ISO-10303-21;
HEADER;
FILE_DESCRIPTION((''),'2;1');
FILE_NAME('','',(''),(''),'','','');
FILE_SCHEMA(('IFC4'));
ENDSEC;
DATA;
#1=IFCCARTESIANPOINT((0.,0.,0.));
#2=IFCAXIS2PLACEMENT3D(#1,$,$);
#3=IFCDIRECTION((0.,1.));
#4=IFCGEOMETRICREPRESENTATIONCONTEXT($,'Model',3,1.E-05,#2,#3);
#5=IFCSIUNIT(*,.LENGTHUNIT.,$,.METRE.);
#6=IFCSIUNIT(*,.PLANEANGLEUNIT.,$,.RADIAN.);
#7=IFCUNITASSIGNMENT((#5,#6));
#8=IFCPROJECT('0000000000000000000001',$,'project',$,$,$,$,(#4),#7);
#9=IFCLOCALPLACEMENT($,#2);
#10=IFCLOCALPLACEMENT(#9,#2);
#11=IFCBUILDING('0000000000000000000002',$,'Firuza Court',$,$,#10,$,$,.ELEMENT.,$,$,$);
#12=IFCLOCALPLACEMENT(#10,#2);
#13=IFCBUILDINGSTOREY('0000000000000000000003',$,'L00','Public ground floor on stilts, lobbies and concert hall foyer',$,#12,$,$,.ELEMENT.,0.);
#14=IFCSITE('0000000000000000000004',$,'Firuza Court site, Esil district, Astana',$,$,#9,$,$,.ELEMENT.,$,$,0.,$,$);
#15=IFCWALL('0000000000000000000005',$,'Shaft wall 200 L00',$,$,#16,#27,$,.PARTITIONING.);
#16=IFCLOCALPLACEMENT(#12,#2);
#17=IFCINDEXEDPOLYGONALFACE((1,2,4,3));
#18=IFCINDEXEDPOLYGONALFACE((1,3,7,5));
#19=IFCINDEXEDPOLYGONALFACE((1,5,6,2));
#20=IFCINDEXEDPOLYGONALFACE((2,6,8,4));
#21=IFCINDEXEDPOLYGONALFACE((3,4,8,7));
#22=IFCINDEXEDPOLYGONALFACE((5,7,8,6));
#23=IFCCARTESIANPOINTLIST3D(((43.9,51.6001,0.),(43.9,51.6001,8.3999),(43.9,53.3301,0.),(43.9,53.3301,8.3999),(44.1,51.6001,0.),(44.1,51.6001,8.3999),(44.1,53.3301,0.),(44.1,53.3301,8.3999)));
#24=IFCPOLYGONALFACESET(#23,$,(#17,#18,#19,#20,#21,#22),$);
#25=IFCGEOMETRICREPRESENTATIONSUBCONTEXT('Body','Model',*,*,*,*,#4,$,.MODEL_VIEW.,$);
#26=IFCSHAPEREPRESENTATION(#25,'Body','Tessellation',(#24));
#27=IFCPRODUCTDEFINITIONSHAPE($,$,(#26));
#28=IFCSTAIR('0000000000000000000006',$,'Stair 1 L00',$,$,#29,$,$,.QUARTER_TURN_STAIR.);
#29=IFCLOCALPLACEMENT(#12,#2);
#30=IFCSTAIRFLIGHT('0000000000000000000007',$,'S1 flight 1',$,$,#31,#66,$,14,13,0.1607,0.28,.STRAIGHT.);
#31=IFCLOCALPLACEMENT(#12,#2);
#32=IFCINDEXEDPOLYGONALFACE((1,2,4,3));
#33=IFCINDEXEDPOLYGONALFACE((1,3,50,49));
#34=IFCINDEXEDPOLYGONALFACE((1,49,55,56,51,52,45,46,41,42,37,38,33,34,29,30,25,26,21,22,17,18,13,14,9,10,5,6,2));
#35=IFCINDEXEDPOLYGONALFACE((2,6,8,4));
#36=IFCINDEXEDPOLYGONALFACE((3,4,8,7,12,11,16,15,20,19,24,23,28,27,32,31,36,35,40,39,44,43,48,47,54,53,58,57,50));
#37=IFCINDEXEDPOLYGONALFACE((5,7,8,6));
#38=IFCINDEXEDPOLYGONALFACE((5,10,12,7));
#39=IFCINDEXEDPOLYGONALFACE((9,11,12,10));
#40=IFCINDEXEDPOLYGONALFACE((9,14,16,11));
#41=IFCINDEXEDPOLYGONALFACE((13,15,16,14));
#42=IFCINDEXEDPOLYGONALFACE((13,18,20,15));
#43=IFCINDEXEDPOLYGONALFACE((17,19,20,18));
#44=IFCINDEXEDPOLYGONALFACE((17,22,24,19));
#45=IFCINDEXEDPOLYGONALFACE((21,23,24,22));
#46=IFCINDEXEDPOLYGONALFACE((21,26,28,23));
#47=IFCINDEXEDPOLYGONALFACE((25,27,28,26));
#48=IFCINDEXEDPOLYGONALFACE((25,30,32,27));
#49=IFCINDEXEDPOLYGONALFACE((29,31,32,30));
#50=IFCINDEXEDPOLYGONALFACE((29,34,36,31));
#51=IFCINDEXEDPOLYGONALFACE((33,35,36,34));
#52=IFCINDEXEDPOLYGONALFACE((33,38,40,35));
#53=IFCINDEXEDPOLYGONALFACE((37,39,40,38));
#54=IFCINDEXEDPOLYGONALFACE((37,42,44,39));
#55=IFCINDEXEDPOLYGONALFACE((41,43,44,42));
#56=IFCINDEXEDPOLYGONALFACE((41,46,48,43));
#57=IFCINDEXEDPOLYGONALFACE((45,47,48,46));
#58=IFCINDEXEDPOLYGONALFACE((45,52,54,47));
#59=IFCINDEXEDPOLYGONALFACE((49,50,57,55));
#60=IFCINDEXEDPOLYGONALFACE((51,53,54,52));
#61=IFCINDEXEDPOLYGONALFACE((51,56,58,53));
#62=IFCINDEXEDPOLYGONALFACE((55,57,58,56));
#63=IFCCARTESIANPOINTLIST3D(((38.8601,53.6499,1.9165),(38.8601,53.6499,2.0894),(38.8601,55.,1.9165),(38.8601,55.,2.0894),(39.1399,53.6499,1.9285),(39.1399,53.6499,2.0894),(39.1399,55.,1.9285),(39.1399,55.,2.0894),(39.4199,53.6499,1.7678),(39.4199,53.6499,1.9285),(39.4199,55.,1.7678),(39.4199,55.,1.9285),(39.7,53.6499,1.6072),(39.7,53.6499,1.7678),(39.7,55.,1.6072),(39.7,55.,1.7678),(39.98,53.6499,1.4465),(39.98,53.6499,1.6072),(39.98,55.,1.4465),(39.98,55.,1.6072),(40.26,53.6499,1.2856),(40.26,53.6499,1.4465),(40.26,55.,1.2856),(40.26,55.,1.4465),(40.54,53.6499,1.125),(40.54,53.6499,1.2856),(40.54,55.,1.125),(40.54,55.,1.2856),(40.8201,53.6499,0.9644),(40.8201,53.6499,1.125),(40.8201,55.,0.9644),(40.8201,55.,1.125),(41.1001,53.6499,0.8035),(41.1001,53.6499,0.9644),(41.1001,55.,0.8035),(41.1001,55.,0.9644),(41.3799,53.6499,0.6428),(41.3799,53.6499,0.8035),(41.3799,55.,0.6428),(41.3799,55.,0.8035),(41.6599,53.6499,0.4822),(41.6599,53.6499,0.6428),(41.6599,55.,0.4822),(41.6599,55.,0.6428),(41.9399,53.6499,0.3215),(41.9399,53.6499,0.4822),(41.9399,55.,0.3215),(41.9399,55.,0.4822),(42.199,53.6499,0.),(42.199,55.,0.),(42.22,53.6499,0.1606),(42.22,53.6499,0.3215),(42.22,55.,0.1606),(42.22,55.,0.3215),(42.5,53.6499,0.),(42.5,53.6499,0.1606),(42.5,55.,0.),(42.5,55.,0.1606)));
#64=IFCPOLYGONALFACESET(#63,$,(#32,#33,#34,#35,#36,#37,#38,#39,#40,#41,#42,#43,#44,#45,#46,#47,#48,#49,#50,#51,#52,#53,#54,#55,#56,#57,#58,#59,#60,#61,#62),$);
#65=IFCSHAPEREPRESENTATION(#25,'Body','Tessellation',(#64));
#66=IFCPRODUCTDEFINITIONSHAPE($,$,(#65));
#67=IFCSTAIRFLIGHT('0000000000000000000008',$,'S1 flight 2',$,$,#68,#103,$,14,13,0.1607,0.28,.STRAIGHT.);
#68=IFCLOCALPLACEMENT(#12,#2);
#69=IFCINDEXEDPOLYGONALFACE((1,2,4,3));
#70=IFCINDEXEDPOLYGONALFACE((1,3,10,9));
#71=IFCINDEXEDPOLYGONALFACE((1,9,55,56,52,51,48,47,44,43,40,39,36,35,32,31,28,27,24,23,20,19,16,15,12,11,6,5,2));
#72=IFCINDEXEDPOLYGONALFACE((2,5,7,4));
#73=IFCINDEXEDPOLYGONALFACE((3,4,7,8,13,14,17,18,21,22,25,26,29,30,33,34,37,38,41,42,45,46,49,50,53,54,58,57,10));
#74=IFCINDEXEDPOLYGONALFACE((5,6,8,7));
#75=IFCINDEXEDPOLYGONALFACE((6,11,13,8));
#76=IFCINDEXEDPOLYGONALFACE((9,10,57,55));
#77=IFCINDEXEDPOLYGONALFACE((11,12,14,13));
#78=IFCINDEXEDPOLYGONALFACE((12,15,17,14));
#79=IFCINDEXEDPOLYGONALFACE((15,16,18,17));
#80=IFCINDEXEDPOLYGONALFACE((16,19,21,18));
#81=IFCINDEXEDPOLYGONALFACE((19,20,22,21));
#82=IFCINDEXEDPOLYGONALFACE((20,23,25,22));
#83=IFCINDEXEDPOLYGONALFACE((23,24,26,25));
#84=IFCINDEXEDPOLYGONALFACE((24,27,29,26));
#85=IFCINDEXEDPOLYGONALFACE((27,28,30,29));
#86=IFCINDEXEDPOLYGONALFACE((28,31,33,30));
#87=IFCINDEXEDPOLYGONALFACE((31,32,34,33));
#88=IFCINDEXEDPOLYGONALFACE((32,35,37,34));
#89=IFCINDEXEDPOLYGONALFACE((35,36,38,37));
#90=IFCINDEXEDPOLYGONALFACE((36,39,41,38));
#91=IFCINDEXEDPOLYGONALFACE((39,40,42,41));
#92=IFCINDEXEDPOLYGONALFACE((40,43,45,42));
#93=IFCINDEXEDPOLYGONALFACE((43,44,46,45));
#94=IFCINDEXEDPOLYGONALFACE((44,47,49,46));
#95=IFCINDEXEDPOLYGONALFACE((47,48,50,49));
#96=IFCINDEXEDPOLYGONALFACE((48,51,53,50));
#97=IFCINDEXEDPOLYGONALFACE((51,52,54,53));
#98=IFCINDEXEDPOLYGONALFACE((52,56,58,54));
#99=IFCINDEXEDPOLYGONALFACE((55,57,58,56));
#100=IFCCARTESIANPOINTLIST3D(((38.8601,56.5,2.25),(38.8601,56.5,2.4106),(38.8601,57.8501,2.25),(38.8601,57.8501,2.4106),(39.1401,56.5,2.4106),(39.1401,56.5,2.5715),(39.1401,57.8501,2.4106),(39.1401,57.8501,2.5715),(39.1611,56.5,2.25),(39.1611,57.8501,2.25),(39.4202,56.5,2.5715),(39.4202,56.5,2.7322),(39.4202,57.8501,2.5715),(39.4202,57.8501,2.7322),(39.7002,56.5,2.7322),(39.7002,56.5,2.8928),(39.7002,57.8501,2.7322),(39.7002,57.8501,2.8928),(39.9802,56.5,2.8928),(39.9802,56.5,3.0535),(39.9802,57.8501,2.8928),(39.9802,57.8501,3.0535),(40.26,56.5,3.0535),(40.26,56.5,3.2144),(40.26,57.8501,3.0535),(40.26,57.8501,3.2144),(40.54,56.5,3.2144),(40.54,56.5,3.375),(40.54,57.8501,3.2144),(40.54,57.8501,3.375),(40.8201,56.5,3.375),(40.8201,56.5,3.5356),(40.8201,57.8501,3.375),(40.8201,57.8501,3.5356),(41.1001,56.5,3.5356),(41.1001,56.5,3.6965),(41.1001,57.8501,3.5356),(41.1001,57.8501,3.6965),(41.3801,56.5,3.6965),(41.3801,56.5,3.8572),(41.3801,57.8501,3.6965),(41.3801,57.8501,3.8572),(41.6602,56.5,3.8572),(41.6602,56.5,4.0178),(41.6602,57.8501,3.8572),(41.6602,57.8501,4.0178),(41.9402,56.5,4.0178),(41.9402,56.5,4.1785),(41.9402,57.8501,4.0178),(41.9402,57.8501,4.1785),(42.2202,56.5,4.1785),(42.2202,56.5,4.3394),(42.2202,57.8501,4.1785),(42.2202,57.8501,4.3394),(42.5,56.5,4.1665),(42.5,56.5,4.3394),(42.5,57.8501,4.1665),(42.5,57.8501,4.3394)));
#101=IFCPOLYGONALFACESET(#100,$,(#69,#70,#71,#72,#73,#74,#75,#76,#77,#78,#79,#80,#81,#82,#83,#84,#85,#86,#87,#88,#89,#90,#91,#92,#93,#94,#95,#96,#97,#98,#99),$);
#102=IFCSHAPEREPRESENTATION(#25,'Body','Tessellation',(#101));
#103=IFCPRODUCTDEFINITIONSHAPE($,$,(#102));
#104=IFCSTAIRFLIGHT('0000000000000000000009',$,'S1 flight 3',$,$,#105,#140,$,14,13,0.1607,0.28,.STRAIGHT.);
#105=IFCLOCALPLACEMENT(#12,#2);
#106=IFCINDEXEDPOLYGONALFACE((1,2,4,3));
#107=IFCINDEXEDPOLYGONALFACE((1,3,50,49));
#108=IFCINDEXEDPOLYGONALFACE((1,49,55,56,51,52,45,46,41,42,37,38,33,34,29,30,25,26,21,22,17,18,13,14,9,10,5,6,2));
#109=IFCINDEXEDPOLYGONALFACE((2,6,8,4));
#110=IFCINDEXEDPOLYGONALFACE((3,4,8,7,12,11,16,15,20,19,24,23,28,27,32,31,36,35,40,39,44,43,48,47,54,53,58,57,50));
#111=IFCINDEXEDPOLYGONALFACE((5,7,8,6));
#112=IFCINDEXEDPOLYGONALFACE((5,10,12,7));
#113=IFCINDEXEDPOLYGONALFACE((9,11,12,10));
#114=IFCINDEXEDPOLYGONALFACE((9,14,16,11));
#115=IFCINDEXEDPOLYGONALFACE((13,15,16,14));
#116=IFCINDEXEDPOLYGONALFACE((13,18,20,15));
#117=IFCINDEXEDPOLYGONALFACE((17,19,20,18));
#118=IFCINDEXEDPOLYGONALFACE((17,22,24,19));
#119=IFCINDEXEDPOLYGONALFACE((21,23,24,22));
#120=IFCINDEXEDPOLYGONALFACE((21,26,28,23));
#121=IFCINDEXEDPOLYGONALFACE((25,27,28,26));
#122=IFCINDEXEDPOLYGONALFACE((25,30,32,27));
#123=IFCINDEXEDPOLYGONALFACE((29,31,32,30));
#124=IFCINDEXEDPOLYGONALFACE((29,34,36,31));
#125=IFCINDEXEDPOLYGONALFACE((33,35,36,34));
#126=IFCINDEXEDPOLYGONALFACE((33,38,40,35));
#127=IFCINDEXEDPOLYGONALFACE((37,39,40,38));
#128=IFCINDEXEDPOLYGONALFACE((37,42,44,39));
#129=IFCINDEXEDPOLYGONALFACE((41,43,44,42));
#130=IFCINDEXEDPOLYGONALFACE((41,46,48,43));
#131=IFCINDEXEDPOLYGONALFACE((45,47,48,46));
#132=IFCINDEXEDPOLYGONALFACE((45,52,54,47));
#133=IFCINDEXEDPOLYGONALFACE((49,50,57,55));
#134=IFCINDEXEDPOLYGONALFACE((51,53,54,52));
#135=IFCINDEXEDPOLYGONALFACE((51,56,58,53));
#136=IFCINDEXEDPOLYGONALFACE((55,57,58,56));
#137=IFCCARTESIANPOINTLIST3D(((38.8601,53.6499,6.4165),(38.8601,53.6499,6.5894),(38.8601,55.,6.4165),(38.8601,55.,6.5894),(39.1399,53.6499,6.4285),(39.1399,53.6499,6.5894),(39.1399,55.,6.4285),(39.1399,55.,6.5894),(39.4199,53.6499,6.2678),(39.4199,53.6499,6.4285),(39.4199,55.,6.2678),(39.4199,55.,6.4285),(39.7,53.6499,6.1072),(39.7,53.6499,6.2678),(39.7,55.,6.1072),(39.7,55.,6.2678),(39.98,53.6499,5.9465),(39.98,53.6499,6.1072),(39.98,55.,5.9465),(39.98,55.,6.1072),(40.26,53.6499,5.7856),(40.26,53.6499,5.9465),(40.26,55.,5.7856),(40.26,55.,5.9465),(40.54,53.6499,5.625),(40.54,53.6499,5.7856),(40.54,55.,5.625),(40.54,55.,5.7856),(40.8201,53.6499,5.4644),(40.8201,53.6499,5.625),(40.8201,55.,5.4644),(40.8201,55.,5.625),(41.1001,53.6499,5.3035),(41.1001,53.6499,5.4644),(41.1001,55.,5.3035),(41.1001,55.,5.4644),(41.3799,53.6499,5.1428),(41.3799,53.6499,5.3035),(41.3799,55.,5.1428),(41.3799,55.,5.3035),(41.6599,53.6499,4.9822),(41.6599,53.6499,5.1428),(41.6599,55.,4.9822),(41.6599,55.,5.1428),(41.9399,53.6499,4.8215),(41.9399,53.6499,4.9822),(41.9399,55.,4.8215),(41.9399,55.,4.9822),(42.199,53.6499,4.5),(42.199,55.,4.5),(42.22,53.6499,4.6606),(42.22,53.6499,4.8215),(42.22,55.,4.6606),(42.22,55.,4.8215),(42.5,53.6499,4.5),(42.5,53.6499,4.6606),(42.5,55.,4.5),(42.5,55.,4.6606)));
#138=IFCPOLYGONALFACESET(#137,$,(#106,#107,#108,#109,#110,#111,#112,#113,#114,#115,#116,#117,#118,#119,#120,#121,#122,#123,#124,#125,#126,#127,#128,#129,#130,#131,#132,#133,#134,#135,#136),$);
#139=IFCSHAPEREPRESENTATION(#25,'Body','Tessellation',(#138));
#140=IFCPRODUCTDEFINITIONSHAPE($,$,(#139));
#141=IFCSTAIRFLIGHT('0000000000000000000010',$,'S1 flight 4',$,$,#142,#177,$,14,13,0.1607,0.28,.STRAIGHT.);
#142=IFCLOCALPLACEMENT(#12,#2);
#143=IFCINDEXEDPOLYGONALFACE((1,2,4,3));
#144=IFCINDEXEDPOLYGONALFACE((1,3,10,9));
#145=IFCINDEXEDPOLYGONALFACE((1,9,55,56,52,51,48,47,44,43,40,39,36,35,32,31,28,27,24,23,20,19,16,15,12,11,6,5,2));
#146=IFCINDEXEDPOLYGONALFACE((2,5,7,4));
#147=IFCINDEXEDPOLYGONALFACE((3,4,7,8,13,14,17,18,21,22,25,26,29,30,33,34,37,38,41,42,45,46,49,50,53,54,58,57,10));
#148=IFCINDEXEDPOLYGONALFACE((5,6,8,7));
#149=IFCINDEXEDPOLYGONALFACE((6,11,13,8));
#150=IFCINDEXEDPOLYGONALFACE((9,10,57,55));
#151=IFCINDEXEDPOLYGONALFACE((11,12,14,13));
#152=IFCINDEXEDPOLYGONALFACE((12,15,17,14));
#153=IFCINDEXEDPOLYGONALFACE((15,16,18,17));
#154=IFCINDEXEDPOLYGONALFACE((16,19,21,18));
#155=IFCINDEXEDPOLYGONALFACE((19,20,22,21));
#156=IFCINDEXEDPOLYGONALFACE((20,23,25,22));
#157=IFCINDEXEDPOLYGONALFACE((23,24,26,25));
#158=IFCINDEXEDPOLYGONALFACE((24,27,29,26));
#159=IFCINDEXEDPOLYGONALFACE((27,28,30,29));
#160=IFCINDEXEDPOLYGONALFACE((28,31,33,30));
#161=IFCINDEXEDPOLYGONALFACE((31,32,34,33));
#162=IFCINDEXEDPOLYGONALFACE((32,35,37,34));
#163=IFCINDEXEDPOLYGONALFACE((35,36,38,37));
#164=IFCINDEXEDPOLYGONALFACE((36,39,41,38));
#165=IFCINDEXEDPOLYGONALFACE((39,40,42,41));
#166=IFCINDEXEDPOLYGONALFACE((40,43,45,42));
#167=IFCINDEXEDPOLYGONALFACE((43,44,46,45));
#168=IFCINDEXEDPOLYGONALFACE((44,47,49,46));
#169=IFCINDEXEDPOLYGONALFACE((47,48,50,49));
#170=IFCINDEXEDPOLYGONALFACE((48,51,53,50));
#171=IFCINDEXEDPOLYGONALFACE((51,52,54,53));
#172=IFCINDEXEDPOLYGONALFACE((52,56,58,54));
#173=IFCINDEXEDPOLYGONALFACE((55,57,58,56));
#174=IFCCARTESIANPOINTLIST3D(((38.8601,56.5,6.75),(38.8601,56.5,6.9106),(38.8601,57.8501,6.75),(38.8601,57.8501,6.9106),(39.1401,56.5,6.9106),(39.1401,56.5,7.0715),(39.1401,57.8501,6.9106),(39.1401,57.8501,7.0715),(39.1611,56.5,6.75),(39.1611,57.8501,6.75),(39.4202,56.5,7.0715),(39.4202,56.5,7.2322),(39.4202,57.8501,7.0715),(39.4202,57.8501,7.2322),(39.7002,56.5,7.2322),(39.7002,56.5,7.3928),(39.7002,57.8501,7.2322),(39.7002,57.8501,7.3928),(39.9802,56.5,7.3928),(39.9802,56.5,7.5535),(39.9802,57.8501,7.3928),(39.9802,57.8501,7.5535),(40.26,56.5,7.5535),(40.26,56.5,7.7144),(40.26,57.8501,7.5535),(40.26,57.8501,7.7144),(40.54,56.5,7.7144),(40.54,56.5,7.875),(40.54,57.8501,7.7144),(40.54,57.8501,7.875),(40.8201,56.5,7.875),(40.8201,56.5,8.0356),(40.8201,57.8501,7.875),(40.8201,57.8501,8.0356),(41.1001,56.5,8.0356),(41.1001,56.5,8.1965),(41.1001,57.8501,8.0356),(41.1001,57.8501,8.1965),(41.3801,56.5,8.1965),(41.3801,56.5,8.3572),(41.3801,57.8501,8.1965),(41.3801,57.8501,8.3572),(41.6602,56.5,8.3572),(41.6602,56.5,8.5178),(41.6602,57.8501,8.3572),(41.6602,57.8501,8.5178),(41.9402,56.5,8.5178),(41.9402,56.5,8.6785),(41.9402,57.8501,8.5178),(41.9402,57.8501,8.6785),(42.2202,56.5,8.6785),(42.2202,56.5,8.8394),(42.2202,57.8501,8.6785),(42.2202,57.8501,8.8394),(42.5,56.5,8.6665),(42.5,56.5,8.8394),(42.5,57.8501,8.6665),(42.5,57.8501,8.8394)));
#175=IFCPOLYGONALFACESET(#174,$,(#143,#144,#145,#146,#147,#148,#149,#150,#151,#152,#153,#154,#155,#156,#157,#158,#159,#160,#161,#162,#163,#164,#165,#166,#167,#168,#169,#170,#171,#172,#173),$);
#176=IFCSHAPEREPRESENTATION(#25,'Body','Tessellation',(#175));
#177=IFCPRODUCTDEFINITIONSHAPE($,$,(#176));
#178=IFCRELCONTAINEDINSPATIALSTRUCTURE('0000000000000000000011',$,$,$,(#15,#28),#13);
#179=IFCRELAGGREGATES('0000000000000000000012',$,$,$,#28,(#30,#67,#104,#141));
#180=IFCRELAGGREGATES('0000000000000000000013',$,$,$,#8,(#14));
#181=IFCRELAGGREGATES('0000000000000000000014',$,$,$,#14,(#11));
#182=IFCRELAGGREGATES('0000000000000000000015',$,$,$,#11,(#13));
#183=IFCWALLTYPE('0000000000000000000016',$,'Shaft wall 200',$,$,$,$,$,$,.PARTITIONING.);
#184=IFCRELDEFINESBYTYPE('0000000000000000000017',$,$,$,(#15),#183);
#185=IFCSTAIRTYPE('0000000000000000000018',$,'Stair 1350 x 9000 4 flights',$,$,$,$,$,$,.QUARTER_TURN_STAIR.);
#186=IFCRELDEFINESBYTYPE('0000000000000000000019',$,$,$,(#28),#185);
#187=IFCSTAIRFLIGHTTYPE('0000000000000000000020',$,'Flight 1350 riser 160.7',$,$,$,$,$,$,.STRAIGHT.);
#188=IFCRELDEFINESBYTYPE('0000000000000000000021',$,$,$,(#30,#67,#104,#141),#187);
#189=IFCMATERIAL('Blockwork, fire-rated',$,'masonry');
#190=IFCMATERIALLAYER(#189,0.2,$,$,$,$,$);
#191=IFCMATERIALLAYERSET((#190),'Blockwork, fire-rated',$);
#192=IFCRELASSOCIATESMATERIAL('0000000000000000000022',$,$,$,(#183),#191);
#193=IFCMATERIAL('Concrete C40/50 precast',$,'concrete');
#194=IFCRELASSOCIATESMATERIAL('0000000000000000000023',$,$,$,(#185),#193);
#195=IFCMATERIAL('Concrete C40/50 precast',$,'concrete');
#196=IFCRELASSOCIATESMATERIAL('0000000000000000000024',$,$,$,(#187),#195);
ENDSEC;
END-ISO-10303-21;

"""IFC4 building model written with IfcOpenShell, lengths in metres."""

from ifc_helpers import new_model, si_unit, direction, frame, frame_2d, origin, place, context, subcontext, project, spatial, polyline, rectangle, outline, extrude, material, layer, layer_set, type_object, element, aggregate, save


model = new_model("IFC4")

# Units and contexts
model_context = context("Model", 3, precision=1e-05, world=origin(), true_north=direction((0.0, 1.0)))
body_context = subcontext(model_context, "Body", "Model", "MODEL_VIEW")
ifc_project = project(units=[si_unit("LENGTHUNIT", "METRE"), si_unit("PLANEANGLEUNIT", "RADIAN")], contexts=[model_context])

# Site, building, storey
site_placement = place(None, origin())
site = spatial("IfcSite", under=ifc_project, at=site_placement, Name="Firuza Court site, Esil district, Astana", CompositionType="ELEMENT", RefElevation=0.0)
building_placement = place(site_placement, origin())
building = spatial("IfcBuilding", under=site, at=building_placement, Name="Firuza Court", CompositionType="ELEMENT")
storey_placement = place(building_placement, origin())
storey = spatial("IfcBuildingStorey", under=building, at=storey_placement, Name="L00", Description="Public ground floor on stilts, lobbies and concert hall foyer", CompositionType="ELEMENT", Elevation=0.0)

# Shared definitions
ifc_material_1 = material(Name="Blockwork, fire-rated", Category="masonry")
ifc_layer_1 = layer(ifc_material_1, 0.2)
ifc_layer_set_1 = layer_set([ifc_layer_1], Name="Blockwork, fire-rated")
wall_type_1 = type_object("IfcWallType", Name="Shaft wall 200", PredefinedType="PARTITIONING", material=ifc_layer_set_1)

# Wall
wall_1_placement = place(storey_placement, frame((44.0, 51.6001, 0.0), z_axis=(0.0, 0.0, 1.0), x_axis=(0.0, 1.0, 0.0)))
element("IfcWall", 1, at=wall_1_placement, inside=storey, type_object=wall_type_1, Name="Shaft wall 200 L00", PredefinedType="PARTITIONING", context=body_context, shape_type="SweptSolid", body=[
    extrude(rectangle(XDim=1.73, YDim=0.2, at=frame_2d((0.865, 0.0))), origin(), (0.0, 0.0, 1.0), 8.3999),
])

# Stair, stair flights
ifc_material_2 = material(Name="Concrete C40/50 precast", Category="concrete")
stair_type = type_object("IfcStairType", Name="Stair 1350 x 9000 4 flights", PredefinedType="QUARTER_TURN_STAIR", material=ifc_material_2)
stair_placement = place(storey_placement, origin())
stair = element("IfcStair", 2, at=stair_placement, inside=storey, type_object=stair_type, Name="Stair 1 L00", PredefinedType="QUARTER_TURN_STAIR")
ifc_material_3 = material(Name="Concrete C40/50 precast", Category="concrete")
stair_flight_type = type_object("IfcStairFlightType", Name="Flight 1350 riser 160.7", PredefinedType="STRAIGHT", material=ifc_material_3)
stair_flight_1_placement = place(storey_placement, frame((42.5, 54.325, 0.0), z_axis=(0.0, 0.0, 1.0), x_axis=(-1.0, 0.0, 0.0)))
stair_flight_1 = element("IfcStairFlight", 3, at=stair_flight_1_placement, type_object=stair_flight_type, Name="S1 flight 1", NumberOfRisers=14, NumberOfTreads=13, PredefinedType="STRAIGHT", RiserHeight=0.1607, TreadLength=0.28, context=body_context, shape_type="SweptSolid", body=[
    extrude(outline(polyline([(0.0, 0.0), (0.0, 0.1606), (0.28, 0.1606), (0.28, 0.3215), (0.5601, 0.3215), (0.5601, 0.4822), (0.8401, 0.4822), (0.8401, 0.6428), (1.1201, 0.6428), (1.1201, 0.8035), (1.3999, 0.8035), (1.3999, 0.9644), (1.6799, 0.9644), (1.6799, 1.125), (1.96, 1.125), (1.96, 1.2856), (2.24, 1.2856), (2.24, 1.4465), (2.52, 1.4465), (2.52, 1.6072), (2.8, 1.6072), (2.8, 1.7678), (3.0801, 1.7678), (3.0801, 1.9285), (3.3601, 1.9285), (3.3601, 2.0894), (3.6399, 2.0894), (3.6399, 2.25), (3.6399, 1.9165), (0.301, 0.0), (0.0, 0.0)])), frame((0.0, 0.675, 0.0), z_axis=(0.0, -1.0, 0.0), x_axis=(1.0, 0.0, 0.0)), (0.0, 0.0, 1.0), 1.3501),
])
stair_flight_2_placement = place(storey_placement, frame((38.8601, 57.175, 2.25), z_axis=(0.0, 0.0, 1.0), x_axis=(1.0, 0.0, 0.0)))
stair_flight_2 = element("IfcStairFlight", 4, at=stair_flight_2_placement, type_object=stair_flight_type, Name="S1 flight 2", NumberOfRisers=14, NumberOfTreads=13, PredefinedType="STRAIGHT", RiserHeight=0.1607, TreadLength=0.28, context=body_context, shape_type="SweptSolid", body=[
    extrude(outline(polyline([(0.0, 0.0), (0.0, 0.1606), (0.28, 0.1606), (0.28, 0.3215), (0.5601, 0.3215), (0.5601, 0.4822), (0.8401, 0.4822), (0.8401, 0.6428), (1.1201, 0.6428), (1.1201, 0.8035), (1.3999, 0.8035), (1.3999, 0.9644), (1.6799, 0.9644), (1.6799, 1.125), (1.96, 1.125), (1.96, 1.2856), (2.24, 1.2856), (2.24, 1.4465), (2.52, 1.4465), (2.52, 1.6072), (2.8, 1.6072), (2.8, 1.7678), (3.0801, 1.7678), (3.0801, 1.9285), (3.3601, 1.9285), (3.3601, 2.0894), (3.6399, 2.0894), (3.6399, 2.25), (3.6399, 1.9165), (0.301, 0.0), (0.0, 0.0)])), frame((0.0, 0.675, 0.0), z_axis=(0.0, -1.0, 0.0), x_axis=(1.0, 0.0, 0.0)), (0.0, 0.0, 1.0), 1.3501),
])
stair_flight_3_placement = place(storey_placement, frame((42.5, 54.325, 4.5), z_axis=(0.0, 0.0, 1.0), x_axis=(-1.0, 0.0, 0.0)))
stair_flight_3 = element("IfcStairFlight", 5, at=stair_flight_3_placement, type_object=stair_flight_type, Name="S1 flight 3", NumberOfRisers=14, NumberOfTreads=13, PredefinedType="STRAIGHT", RiserHeight=0.1607, TreadLength=0.28, context=body_context, shape_type="SweptSolid", body=[
    extrude(outline(polyline([(0.0, 0.0), (0.0, 0.1606), (0.28, 0.1606), (0.28, 0.3215), (0.5601, 0.3215), (0.5601, 0.4822), (0.8401, 0.4822), (0.8401, 0.6428), (1.1201, 0.6428), (1.1201, 0.8035), (1.3999, 0.8035), (1.3999, 0.9644), (1.6799, 0.9644), (1.6799, 1.125), (1.96, 1.125), (1.96, 1.2856), (2.24, 1.2856), (2.24, 1.4465), (2.52, 1.4465), (2.52, 1.6072), (2.8, 1.6072), (2.8, 1.7678), (3.0801, 1.7678), (3.0801, 1.9285), (3.3601, 1.9285), (3.3601, 2.0894), (3.6399, 2.0894), (3.6399, 2.25), (3.6399, 1.9165), (0.301, 0.0), (0.0, 0.0)])), frame((0.0, 0.675, 0.0), z_axis=(0.0, -1.0, 0.0), x_axis=(1.0, 0.0, 0.0)), (0.0, 0.0, 1.0), 1.3501),
])
stair_flight_4_placement = place(storey_placement, frame((38.8601, 57.175, 6.75), z_axis=(0.0, 0.0, 1.0), x_axis=(1.0, 0.0, 0.0)))
stair_flight_4 = element("IfcStairFlight", 6, at=stair_flight_4_placement, type_object=stair_flight_type, Name="S1 flight 4", NumberOfRisers=14, NumberOfTreads=13, PredefinedType="STRAIGHT", RiserHeight=0.1607, TreadLength=0.28, context=body_context, shape_type="SweptSolid", body=[
    extrude(outline(polyline([(0.0, 0.0), (0.0, 0.1606), (0.28, 0.1606), (0.28, 0.3215), (0.5601, 0.3215), (0.5601, 0.4822), (0.8401, 0.4822), (0.8401, 0.6428), (1.1201, 0.6428), (1.1201, 0.8035), (1.3999, 0.8035), (1.3999, 0.9644), (1.6799, 0.9644), (1.6799, 1.125), (1.96, 1.125), (1.96, 1.2856), (2.24, 1.2856), (2.24, 1.4465), (2.52, 1.4465), (2.52, 1.6072), (2.8, 1.6072), (2.8, 1.7678), (3.0801, 1.7678), (3.0801, 1.9285), (3.3601, 1.9285), (3.3601, 2.0894), (3.6399, 2.0894), (3.6399, 2.25), (3.6399, 1.9165), (0.301, 0.0), (0.0, 0.0)])), frame((0.0, 0.675, 0.0), z_axis=(0.0, -1.0, 0.0), x_axis=(1.0, 0.0, 0.0)), (0.0, 0.0, 1.0), 1.3501),
])
aggregate(stair, [stair_flight_1, stair_flight_2, stair_flight_3, stair_flight_4])

save(model, "model.ifc")
